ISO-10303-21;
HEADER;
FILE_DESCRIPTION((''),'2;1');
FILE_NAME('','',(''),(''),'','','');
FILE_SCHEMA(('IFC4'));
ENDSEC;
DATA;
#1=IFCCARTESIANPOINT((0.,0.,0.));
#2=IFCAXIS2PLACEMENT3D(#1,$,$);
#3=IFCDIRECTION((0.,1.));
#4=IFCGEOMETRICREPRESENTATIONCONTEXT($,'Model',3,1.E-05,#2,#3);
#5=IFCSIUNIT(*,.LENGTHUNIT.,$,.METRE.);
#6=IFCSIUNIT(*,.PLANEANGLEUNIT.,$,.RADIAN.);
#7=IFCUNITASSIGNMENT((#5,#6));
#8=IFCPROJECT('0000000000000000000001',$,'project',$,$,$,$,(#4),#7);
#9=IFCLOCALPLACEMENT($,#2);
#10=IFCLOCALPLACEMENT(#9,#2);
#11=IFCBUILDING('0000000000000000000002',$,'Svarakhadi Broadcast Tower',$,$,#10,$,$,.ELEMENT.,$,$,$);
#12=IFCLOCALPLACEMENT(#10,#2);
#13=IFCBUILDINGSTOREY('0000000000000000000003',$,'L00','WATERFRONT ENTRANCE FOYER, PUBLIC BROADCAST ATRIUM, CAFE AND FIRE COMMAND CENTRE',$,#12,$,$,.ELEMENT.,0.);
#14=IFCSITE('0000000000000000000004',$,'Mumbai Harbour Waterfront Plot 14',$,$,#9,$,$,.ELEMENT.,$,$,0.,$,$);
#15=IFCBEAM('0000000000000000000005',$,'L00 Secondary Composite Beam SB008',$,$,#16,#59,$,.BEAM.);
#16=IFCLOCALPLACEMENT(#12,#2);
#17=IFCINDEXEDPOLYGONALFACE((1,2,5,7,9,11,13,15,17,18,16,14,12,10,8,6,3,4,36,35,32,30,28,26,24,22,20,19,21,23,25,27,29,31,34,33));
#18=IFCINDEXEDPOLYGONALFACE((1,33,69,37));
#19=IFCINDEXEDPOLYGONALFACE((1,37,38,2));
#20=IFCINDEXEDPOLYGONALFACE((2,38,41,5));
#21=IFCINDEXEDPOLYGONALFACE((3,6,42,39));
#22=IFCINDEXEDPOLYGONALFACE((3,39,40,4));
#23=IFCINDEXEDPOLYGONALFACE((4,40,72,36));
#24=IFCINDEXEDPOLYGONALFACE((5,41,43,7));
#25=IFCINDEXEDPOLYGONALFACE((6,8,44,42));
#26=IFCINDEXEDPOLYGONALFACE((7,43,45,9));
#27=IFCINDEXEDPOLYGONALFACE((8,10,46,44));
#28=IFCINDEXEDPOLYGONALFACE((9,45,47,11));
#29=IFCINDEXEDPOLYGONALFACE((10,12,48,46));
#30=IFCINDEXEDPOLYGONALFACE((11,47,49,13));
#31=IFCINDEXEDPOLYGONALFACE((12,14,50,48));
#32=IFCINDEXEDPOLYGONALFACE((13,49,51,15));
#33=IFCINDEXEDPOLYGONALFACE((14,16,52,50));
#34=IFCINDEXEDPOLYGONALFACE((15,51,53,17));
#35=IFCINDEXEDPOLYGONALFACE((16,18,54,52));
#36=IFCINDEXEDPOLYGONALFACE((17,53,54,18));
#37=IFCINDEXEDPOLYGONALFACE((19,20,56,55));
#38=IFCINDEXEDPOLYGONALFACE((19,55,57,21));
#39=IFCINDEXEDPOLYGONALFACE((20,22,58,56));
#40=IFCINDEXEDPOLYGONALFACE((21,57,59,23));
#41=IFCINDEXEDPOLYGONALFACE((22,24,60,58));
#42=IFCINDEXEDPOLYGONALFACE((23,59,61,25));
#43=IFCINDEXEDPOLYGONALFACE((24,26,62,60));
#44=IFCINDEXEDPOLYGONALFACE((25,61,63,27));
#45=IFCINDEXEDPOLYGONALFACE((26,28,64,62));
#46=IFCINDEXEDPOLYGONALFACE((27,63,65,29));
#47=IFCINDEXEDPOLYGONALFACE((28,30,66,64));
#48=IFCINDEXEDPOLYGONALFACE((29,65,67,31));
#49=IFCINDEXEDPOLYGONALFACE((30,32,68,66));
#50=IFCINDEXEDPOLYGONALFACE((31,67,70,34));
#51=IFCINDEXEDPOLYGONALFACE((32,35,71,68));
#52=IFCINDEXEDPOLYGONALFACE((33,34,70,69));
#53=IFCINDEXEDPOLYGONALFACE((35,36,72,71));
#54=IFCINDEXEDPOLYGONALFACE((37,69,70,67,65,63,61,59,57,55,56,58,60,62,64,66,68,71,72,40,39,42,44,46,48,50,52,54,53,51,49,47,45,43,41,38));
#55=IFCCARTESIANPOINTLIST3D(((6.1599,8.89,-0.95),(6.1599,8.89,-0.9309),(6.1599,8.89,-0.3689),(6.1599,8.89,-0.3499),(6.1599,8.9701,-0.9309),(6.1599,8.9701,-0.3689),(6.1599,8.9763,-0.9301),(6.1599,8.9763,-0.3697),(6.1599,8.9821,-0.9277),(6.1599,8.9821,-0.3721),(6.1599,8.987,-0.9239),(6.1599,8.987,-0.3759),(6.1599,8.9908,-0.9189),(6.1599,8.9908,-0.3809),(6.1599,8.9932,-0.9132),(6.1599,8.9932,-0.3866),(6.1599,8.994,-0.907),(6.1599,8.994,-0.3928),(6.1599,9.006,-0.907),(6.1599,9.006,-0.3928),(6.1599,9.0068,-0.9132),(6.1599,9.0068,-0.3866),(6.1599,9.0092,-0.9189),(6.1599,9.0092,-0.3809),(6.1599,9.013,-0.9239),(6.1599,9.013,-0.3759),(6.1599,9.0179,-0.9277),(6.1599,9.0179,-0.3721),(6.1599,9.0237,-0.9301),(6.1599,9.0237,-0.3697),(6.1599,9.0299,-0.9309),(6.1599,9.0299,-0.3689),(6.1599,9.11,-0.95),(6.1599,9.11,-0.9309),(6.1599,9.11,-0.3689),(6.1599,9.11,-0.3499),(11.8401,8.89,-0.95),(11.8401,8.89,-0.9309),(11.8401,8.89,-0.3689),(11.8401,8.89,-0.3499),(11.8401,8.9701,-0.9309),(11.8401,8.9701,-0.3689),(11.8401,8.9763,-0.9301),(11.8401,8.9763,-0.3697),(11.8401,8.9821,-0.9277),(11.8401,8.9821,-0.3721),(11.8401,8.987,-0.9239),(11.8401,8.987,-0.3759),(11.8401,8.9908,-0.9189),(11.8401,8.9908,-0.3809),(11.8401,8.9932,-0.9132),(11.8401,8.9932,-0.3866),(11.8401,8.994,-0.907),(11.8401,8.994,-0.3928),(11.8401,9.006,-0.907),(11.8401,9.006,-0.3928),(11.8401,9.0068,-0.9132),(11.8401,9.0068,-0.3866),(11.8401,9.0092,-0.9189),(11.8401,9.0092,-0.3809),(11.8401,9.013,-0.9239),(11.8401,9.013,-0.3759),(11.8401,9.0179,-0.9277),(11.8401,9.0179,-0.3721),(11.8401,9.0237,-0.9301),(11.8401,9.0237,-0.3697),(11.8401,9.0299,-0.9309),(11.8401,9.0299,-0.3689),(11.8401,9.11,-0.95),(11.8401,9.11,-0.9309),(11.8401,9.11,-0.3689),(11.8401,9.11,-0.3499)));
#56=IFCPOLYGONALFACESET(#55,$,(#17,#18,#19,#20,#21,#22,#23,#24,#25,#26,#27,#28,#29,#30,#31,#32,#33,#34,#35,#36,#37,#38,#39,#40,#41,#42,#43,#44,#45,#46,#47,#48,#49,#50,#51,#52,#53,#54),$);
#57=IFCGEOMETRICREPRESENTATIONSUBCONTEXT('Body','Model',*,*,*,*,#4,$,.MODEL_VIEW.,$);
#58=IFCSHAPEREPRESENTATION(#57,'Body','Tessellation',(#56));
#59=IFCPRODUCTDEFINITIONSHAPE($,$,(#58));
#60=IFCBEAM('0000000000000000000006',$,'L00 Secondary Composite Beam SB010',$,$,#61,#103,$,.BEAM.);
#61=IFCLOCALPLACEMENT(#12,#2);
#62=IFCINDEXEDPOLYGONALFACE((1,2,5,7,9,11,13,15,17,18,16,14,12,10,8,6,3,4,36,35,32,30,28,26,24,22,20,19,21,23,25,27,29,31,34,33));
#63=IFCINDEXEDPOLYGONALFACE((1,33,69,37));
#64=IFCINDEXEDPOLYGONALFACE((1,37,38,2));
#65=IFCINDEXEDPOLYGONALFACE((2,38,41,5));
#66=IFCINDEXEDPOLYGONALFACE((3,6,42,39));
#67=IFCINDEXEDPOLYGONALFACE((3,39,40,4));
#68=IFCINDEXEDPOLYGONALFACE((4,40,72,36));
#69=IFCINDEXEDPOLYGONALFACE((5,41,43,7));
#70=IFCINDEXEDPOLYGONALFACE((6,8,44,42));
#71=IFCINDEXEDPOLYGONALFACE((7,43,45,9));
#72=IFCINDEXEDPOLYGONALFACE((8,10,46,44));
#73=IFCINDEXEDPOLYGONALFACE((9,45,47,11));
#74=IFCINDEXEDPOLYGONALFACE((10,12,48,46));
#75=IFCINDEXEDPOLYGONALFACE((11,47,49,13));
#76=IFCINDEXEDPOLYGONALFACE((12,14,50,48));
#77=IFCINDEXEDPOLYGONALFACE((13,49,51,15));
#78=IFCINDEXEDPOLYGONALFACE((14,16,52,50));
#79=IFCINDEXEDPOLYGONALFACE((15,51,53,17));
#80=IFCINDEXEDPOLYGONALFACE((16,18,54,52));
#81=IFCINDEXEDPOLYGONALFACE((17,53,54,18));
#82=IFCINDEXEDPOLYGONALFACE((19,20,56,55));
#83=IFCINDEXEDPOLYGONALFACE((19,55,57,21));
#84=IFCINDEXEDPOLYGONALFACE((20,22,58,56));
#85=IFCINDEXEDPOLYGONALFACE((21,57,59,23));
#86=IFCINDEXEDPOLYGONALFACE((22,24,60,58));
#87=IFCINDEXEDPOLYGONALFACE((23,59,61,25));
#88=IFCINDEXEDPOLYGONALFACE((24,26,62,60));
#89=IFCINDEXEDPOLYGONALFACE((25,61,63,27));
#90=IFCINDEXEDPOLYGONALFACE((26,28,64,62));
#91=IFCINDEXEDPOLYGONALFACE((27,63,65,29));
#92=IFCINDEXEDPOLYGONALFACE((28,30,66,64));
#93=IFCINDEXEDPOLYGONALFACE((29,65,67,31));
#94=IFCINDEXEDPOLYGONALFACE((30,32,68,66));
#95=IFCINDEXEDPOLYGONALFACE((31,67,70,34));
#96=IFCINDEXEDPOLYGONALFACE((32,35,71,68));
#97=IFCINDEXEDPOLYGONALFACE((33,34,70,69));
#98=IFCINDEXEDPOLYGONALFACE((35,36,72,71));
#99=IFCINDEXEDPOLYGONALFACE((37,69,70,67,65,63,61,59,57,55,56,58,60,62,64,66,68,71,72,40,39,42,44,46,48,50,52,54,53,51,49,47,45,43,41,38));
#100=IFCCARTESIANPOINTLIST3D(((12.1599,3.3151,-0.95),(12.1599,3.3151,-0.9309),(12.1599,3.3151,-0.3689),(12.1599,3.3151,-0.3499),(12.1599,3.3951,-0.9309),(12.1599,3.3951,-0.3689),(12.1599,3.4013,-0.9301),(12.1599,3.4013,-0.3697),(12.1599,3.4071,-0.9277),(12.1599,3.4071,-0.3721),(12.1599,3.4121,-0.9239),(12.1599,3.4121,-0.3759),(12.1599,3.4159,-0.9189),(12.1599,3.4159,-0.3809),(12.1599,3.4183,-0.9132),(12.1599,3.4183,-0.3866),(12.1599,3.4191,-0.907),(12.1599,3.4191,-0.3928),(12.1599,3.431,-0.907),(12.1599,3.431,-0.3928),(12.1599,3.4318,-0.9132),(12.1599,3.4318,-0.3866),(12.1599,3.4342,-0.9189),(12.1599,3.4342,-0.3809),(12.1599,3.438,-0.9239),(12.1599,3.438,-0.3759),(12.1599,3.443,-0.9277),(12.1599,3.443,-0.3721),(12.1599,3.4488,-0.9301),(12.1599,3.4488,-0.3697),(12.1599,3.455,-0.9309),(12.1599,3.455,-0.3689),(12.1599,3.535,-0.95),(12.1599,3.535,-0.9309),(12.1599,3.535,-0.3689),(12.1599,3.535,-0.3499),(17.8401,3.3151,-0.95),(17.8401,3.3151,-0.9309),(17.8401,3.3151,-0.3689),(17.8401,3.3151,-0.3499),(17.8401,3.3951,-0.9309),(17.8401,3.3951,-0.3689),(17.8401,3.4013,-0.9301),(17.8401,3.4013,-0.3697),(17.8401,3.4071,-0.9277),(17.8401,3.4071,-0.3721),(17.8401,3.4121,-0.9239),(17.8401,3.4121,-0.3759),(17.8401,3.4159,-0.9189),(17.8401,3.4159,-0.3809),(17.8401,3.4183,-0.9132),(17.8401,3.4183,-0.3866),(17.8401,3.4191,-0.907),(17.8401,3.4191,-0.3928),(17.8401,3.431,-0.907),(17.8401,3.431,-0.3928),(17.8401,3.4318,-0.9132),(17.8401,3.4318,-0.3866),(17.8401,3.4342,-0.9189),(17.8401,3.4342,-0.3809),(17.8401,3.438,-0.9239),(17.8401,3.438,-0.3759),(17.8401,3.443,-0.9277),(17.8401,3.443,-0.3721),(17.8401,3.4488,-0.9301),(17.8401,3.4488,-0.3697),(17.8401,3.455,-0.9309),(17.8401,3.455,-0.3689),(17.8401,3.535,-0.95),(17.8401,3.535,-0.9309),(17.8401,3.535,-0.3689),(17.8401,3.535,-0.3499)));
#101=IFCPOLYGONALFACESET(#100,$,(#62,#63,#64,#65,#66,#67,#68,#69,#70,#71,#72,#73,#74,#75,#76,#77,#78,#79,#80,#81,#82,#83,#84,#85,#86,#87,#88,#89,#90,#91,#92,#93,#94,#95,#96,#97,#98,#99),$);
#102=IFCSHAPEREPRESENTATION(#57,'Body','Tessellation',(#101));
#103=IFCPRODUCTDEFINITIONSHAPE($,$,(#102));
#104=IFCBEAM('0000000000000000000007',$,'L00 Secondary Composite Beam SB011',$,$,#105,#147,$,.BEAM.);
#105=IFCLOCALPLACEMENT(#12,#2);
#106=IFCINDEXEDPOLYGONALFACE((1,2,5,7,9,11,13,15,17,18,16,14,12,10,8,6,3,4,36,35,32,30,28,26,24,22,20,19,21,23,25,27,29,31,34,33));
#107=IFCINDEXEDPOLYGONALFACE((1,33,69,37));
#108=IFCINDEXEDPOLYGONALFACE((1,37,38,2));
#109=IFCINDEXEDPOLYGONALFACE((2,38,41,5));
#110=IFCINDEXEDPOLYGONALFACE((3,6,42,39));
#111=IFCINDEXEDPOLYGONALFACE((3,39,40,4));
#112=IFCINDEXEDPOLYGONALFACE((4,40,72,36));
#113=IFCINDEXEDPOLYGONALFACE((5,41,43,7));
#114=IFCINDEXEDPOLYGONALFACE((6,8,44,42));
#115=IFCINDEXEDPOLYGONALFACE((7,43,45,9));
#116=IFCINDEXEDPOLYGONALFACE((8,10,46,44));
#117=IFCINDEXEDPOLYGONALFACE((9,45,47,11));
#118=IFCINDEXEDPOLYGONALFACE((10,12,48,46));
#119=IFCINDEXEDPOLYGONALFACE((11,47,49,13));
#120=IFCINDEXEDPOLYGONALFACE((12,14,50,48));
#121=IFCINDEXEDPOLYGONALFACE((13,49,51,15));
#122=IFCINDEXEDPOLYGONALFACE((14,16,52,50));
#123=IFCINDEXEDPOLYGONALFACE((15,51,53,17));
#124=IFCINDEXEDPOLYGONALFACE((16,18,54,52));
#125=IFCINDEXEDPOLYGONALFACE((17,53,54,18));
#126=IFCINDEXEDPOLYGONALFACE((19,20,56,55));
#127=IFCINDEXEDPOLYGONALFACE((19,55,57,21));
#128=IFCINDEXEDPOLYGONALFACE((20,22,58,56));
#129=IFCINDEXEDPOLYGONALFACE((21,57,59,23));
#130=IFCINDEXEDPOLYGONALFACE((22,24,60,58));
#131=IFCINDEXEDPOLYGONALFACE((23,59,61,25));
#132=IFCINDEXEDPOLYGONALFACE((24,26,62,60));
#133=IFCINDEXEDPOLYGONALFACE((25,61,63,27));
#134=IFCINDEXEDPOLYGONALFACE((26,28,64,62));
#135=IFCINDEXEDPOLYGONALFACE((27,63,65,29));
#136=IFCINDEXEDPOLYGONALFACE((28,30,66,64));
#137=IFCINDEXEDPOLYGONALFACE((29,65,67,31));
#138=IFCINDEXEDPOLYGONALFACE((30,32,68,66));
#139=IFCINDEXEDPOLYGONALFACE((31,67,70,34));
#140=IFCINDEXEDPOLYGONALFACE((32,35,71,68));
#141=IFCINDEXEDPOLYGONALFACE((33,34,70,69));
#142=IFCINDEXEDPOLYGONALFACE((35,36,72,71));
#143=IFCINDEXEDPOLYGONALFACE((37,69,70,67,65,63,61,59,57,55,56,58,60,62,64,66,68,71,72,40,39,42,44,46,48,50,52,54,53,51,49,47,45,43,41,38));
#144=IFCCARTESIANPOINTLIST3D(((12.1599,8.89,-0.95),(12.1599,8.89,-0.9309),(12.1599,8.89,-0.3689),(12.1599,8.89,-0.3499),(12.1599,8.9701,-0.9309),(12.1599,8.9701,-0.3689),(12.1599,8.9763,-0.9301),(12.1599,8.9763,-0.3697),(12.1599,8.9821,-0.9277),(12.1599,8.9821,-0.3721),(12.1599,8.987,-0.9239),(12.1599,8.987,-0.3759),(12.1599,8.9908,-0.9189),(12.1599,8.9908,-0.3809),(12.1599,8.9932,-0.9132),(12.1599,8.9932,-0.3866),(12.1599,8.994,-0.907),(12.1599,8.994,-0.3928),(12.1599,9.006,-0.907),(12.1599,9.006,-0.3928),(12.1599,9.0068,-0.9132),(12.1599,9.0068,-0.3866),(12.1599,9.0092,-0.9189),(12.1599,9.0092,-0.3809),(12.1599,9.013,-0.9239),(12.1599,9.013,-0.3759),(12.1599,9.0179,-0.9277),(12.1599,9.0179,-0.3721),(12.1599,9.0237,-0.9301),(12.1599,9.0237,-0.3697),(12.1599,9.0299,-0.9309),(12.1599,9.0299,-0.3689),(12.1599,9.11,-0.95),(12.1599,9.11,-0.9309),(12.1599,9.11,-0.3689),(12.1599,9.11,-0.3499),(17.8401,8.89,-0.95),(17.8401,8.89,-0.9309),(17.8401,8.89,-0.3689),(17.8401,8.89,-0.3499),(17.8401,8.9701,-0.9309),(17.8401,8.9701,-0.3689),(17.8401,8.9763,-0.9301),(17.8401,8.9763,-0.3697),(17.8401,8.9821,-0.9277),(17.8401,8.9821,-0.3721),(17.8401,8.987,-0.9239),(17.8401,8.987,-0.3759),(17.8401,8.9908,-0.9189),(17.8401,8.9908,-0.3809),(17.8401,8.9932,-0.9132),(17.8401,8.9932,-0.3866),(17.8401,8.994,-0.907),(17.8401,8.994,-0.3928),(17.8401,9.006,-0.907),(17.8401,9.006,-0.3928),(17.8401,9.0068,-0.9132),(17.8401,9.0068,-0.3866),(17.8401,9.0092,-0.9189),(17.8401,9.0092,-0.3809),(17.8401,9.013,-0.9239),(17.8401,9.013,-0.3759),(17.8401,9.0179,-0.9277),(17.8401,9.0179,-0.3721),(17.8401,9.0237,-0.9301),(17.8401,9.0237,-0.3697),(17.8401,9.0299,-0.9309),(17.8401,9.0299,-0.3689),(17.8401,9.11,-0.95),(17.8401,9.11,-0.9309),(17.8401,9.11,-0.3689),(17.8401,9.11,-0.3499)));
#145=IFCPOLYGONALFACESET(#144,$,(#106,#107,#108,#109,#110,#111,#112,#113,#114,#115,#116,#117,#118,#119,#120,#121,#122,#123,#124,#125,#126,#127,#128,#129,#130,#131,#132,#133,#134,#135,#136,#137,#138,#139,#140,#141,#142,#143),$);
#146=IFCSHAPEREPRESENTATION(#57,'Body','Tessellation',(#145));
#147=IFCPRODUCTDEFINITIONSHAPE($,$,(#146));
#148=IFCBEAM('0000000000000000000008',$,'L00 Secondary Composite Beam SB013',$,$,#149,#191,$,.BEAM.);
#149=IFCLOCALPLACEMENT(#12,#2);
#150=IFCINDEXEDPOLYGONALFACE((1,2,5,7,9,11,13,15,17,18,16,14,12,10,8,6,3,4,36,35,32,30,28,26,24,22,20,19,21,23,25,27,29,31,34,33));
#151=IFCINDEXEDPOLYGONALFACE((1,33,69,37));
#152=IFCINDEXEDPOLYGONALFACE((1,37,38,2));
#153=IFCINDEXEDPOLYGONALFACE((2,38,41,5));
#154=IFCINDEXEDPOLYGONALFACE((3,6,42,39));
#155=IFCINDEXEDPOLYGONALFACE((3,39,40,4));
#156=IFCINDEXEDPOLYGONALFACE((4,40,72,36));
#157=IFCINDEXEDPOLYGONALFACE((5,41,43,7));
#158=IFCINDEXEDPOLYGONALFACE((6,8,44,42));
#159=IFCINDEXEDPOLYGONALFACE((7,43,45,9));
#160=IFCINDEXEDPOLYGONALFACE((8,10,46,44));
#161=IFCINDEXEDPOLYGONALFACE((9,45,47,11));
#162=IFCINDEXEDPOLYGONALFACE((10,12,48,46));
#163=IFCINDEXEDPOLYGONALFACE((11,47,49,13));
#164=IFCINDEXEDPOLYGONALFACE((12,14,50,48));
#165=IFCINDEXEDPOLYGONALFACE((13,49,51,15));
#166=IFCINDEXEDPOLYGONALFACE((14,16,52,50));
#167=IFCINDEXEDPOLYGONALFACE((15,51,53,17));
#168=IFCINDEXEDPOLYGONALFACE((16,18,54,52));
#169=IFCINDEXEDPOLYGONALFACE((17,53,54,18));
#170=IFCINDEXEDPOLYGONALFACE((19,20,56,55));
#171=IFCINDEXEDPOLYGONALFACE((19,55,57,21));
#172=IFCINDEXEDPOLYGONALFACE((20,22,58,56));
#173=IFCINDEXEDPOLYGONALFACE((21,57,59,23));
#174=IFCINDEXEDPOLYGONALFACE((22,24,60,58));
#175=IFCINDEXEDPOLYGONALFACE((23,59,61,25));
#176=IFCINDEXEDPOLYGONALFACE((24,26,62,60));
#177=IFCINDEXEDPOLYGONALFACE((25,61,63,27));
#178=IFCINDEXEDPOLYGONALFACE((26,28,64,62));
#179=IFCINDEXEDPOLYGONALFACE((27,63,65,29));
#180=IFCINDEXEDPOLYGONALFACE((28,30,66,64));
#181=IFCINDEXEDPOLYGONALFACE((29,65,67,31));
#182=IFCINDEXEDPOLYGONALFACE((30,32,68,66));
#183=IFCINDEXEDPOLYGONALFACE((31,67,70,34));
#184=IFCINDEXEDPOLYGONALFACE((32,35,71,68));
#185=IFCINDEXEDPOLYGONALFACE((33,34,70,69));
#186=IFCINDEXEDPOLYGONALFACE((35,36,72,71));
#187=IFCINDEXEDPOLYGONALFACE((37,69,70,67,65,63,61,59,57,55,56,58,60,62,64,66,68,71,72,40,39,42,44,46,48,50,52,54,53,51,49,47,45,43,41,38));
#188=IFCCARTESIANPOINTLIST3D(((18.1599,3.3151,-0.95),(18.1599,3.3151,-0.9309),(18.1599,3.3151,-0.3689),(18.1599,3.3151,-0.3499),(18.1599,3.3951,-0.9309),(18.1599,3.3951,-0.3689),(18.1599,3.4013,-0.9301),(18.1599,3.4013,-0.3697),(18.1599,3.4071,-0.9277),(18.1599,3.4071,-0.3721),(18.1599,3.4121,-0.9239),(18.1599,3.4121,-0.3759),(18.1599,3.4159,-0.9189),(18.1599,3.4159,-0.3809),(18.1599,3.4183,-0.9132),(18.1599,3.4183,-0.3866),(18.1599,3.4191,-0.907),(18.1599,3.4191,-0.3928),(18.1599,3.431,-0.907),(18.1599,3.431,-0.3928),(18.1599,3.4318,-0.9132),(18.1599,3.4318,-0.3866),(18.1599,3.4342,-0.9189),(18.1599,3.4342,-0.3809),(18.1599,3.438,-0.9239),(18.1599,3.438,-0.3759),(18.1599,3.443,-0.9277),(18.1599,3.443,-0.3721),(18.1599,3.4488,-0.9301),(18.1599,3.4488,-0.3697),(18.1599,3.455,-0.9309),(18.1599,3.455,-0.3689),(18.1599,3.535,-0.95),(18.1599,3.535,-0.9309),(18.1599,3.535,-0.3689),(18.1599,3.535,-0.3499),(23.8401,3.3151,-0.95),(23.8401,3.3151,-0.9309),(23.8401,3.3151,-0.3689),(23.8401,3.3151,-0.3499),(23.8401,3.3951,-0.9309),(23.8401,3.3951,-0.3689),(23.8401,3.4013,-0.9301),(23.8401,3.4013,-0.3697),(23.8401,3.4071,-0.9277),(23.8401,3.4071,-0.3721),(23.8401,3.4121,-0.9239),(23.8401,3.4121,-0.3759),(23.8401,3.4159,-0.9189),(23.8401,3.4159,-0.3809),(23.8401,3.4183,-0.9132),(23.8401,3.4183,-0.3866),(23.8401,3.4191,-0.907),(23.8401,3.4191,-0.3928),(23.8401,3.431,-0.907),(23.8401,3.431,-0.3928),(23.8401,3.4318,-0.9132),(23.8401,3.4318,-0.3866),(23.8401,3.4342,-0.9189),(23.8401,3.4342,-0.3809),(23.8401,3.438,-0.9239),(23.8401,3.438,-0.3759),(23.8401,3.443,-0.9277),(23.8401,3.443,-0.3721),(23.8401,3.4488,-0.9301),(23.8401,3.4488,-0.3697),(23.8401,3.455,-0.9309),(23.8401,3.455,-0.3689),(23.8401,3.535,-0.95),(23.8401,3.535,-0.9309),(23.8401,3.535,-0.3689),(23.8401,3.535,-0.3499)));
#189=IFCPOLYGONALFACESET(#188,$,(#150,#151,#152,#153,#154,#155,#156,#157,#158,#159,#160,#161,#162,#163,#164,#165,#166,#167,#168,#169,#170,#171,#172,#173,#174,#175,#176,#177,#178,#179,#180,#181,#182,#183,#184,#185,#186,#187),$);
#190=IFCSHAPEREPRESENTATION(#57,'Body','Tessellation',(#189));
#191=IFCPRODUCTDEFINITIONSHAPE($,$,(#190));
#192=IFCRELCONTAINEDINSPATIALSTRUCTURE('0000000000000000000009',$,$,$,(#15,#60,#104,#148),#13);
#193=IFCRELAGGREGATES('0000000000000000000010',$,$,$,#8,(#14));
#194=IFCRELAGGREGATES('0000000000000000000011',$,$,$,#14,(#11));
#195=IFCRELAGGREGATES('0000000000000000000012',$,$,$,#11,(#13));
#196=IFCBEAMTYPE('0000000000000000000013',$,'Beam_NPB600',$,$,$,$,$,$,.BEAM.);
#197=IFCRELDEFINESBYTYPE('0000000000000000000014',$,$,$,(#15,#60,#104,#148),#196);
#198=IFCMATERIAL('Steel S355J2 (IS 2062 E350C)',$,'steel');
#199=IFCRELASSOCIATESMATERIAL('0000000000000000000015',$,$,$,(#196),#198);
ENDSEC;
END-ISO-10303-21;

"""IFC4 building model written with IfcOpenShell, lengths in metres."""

from ifc_helpers import new_model, si_unit, direction, frame, origin, origin_2d, place, context, subcontext, project, spatial, i_section, extrude, material, material_profile, profile_set, type_object, element, save


model = new_model("IFC4")

# Units and contexts
model_context = context("Model", 3, precision=1e-05, world=origin(), true_north=direction((0.0, 1.0)))
body_context = subcontext(model_context, "Body", "Model", "MODEL_VIEW")
ifc_project = project(units=[si_unit("LENGTHUNIT", "METRE"), si_unit("PLANEANGLEUNIT", "RADIAN")], contexts=[model_context])

# Site, building, storey
site_placement = place(None, origin())
site = spatial("IfcSite", under=ifc_project, at=site_placement, Name="Mumbai Harbour Waterfront Plot 14", CompositionType="ELEMENT", RefElevation=0.0)
building_placement = place(site_placement, origin())
building = spatial("IfcBuilding", under=site, at=building_placement, Name="Svarakhadi Broadcast Tower", CompositionType="ELEMENT")
storey_placement = place(building_placement, origin())
storey = spatial("IfcBuildingStorey", under=building, at=storey_placement, Name="L00", Description="WATERFRONT ENTRANCE FOYER, PUBLIC BROADCAST ATRIUM, CAFE AND FIRE COMMAND CENTRE", CompositionType="ELEMENT", Elevation=0.0)

# Beams
ifc_material_1 = material(Name="Steel S355J2 (IS 2062 E350C)", Category="steel")
ifc_material_profile_1 = material_profile(ifc_material_1, i_section(OverallWidth=0.22, OverallDepth=0.6001, WebThickness=0.012, FlangeThickness=0.019, FilletRadius=0.0239, at=origin_2d()), Name="NPB 600x220x122")
ifc_profile_set_1 = profile_set([ifc_material_profile_1], Name="Steel S355J2 (IS 2062 E350C)")
beam_type_1 = type_object("IfcBeamType", Name="Beam_NPB600", PredefinedType="BEAM", material=ifc_profile_set_1)
for number, where, z_axis, x_axis, name in (
    (1, (6.1599, 9.0, -0.6499), (1.0, 0.0, 0.0), (0.0, 1.0, 0.0), "L00 Secondary Composite Beam SB008"),
    (2, (12.1599, 3.425, -0.6499), (1.0, 0.0, 0.0), (0.0, 1.0, 0.0), "L00 Secondary Composite Beam SB010"),
    (3, (12.1599, 9.0, -0.6499), (1.0, 0.0, 0.0), (0.0, 1.0, 0.0), "L00 Secondary Composite Beam SB011"),
    (4, (18.1599, 3.425, -0.6499), (1.0, 0.0, 0.0), (0.0, 1.0, 0.0), "L00 Secondary Composite Beam SB013"),
):
    element("IfcBeam", number, at=place(storey_placement, frame(where, z_axis=z_axis, x_axis=x_axis)), inside=storey, type_object=beam_type_1, Name=name, PredefinedType="BEAM", context=body_context, shape_type="SweptSolid", body=[
        extrude(i_section(OverallWidth=0.22, OverallDepth=0.6001, WebThickness=0.012, FlangeThickness=0.019, FilletRadius=0.0239, at=origin_2d()), origin(), (0.0, 0.0, 1.0), 5.6802),
    ])

save(model, "model.ifc")
